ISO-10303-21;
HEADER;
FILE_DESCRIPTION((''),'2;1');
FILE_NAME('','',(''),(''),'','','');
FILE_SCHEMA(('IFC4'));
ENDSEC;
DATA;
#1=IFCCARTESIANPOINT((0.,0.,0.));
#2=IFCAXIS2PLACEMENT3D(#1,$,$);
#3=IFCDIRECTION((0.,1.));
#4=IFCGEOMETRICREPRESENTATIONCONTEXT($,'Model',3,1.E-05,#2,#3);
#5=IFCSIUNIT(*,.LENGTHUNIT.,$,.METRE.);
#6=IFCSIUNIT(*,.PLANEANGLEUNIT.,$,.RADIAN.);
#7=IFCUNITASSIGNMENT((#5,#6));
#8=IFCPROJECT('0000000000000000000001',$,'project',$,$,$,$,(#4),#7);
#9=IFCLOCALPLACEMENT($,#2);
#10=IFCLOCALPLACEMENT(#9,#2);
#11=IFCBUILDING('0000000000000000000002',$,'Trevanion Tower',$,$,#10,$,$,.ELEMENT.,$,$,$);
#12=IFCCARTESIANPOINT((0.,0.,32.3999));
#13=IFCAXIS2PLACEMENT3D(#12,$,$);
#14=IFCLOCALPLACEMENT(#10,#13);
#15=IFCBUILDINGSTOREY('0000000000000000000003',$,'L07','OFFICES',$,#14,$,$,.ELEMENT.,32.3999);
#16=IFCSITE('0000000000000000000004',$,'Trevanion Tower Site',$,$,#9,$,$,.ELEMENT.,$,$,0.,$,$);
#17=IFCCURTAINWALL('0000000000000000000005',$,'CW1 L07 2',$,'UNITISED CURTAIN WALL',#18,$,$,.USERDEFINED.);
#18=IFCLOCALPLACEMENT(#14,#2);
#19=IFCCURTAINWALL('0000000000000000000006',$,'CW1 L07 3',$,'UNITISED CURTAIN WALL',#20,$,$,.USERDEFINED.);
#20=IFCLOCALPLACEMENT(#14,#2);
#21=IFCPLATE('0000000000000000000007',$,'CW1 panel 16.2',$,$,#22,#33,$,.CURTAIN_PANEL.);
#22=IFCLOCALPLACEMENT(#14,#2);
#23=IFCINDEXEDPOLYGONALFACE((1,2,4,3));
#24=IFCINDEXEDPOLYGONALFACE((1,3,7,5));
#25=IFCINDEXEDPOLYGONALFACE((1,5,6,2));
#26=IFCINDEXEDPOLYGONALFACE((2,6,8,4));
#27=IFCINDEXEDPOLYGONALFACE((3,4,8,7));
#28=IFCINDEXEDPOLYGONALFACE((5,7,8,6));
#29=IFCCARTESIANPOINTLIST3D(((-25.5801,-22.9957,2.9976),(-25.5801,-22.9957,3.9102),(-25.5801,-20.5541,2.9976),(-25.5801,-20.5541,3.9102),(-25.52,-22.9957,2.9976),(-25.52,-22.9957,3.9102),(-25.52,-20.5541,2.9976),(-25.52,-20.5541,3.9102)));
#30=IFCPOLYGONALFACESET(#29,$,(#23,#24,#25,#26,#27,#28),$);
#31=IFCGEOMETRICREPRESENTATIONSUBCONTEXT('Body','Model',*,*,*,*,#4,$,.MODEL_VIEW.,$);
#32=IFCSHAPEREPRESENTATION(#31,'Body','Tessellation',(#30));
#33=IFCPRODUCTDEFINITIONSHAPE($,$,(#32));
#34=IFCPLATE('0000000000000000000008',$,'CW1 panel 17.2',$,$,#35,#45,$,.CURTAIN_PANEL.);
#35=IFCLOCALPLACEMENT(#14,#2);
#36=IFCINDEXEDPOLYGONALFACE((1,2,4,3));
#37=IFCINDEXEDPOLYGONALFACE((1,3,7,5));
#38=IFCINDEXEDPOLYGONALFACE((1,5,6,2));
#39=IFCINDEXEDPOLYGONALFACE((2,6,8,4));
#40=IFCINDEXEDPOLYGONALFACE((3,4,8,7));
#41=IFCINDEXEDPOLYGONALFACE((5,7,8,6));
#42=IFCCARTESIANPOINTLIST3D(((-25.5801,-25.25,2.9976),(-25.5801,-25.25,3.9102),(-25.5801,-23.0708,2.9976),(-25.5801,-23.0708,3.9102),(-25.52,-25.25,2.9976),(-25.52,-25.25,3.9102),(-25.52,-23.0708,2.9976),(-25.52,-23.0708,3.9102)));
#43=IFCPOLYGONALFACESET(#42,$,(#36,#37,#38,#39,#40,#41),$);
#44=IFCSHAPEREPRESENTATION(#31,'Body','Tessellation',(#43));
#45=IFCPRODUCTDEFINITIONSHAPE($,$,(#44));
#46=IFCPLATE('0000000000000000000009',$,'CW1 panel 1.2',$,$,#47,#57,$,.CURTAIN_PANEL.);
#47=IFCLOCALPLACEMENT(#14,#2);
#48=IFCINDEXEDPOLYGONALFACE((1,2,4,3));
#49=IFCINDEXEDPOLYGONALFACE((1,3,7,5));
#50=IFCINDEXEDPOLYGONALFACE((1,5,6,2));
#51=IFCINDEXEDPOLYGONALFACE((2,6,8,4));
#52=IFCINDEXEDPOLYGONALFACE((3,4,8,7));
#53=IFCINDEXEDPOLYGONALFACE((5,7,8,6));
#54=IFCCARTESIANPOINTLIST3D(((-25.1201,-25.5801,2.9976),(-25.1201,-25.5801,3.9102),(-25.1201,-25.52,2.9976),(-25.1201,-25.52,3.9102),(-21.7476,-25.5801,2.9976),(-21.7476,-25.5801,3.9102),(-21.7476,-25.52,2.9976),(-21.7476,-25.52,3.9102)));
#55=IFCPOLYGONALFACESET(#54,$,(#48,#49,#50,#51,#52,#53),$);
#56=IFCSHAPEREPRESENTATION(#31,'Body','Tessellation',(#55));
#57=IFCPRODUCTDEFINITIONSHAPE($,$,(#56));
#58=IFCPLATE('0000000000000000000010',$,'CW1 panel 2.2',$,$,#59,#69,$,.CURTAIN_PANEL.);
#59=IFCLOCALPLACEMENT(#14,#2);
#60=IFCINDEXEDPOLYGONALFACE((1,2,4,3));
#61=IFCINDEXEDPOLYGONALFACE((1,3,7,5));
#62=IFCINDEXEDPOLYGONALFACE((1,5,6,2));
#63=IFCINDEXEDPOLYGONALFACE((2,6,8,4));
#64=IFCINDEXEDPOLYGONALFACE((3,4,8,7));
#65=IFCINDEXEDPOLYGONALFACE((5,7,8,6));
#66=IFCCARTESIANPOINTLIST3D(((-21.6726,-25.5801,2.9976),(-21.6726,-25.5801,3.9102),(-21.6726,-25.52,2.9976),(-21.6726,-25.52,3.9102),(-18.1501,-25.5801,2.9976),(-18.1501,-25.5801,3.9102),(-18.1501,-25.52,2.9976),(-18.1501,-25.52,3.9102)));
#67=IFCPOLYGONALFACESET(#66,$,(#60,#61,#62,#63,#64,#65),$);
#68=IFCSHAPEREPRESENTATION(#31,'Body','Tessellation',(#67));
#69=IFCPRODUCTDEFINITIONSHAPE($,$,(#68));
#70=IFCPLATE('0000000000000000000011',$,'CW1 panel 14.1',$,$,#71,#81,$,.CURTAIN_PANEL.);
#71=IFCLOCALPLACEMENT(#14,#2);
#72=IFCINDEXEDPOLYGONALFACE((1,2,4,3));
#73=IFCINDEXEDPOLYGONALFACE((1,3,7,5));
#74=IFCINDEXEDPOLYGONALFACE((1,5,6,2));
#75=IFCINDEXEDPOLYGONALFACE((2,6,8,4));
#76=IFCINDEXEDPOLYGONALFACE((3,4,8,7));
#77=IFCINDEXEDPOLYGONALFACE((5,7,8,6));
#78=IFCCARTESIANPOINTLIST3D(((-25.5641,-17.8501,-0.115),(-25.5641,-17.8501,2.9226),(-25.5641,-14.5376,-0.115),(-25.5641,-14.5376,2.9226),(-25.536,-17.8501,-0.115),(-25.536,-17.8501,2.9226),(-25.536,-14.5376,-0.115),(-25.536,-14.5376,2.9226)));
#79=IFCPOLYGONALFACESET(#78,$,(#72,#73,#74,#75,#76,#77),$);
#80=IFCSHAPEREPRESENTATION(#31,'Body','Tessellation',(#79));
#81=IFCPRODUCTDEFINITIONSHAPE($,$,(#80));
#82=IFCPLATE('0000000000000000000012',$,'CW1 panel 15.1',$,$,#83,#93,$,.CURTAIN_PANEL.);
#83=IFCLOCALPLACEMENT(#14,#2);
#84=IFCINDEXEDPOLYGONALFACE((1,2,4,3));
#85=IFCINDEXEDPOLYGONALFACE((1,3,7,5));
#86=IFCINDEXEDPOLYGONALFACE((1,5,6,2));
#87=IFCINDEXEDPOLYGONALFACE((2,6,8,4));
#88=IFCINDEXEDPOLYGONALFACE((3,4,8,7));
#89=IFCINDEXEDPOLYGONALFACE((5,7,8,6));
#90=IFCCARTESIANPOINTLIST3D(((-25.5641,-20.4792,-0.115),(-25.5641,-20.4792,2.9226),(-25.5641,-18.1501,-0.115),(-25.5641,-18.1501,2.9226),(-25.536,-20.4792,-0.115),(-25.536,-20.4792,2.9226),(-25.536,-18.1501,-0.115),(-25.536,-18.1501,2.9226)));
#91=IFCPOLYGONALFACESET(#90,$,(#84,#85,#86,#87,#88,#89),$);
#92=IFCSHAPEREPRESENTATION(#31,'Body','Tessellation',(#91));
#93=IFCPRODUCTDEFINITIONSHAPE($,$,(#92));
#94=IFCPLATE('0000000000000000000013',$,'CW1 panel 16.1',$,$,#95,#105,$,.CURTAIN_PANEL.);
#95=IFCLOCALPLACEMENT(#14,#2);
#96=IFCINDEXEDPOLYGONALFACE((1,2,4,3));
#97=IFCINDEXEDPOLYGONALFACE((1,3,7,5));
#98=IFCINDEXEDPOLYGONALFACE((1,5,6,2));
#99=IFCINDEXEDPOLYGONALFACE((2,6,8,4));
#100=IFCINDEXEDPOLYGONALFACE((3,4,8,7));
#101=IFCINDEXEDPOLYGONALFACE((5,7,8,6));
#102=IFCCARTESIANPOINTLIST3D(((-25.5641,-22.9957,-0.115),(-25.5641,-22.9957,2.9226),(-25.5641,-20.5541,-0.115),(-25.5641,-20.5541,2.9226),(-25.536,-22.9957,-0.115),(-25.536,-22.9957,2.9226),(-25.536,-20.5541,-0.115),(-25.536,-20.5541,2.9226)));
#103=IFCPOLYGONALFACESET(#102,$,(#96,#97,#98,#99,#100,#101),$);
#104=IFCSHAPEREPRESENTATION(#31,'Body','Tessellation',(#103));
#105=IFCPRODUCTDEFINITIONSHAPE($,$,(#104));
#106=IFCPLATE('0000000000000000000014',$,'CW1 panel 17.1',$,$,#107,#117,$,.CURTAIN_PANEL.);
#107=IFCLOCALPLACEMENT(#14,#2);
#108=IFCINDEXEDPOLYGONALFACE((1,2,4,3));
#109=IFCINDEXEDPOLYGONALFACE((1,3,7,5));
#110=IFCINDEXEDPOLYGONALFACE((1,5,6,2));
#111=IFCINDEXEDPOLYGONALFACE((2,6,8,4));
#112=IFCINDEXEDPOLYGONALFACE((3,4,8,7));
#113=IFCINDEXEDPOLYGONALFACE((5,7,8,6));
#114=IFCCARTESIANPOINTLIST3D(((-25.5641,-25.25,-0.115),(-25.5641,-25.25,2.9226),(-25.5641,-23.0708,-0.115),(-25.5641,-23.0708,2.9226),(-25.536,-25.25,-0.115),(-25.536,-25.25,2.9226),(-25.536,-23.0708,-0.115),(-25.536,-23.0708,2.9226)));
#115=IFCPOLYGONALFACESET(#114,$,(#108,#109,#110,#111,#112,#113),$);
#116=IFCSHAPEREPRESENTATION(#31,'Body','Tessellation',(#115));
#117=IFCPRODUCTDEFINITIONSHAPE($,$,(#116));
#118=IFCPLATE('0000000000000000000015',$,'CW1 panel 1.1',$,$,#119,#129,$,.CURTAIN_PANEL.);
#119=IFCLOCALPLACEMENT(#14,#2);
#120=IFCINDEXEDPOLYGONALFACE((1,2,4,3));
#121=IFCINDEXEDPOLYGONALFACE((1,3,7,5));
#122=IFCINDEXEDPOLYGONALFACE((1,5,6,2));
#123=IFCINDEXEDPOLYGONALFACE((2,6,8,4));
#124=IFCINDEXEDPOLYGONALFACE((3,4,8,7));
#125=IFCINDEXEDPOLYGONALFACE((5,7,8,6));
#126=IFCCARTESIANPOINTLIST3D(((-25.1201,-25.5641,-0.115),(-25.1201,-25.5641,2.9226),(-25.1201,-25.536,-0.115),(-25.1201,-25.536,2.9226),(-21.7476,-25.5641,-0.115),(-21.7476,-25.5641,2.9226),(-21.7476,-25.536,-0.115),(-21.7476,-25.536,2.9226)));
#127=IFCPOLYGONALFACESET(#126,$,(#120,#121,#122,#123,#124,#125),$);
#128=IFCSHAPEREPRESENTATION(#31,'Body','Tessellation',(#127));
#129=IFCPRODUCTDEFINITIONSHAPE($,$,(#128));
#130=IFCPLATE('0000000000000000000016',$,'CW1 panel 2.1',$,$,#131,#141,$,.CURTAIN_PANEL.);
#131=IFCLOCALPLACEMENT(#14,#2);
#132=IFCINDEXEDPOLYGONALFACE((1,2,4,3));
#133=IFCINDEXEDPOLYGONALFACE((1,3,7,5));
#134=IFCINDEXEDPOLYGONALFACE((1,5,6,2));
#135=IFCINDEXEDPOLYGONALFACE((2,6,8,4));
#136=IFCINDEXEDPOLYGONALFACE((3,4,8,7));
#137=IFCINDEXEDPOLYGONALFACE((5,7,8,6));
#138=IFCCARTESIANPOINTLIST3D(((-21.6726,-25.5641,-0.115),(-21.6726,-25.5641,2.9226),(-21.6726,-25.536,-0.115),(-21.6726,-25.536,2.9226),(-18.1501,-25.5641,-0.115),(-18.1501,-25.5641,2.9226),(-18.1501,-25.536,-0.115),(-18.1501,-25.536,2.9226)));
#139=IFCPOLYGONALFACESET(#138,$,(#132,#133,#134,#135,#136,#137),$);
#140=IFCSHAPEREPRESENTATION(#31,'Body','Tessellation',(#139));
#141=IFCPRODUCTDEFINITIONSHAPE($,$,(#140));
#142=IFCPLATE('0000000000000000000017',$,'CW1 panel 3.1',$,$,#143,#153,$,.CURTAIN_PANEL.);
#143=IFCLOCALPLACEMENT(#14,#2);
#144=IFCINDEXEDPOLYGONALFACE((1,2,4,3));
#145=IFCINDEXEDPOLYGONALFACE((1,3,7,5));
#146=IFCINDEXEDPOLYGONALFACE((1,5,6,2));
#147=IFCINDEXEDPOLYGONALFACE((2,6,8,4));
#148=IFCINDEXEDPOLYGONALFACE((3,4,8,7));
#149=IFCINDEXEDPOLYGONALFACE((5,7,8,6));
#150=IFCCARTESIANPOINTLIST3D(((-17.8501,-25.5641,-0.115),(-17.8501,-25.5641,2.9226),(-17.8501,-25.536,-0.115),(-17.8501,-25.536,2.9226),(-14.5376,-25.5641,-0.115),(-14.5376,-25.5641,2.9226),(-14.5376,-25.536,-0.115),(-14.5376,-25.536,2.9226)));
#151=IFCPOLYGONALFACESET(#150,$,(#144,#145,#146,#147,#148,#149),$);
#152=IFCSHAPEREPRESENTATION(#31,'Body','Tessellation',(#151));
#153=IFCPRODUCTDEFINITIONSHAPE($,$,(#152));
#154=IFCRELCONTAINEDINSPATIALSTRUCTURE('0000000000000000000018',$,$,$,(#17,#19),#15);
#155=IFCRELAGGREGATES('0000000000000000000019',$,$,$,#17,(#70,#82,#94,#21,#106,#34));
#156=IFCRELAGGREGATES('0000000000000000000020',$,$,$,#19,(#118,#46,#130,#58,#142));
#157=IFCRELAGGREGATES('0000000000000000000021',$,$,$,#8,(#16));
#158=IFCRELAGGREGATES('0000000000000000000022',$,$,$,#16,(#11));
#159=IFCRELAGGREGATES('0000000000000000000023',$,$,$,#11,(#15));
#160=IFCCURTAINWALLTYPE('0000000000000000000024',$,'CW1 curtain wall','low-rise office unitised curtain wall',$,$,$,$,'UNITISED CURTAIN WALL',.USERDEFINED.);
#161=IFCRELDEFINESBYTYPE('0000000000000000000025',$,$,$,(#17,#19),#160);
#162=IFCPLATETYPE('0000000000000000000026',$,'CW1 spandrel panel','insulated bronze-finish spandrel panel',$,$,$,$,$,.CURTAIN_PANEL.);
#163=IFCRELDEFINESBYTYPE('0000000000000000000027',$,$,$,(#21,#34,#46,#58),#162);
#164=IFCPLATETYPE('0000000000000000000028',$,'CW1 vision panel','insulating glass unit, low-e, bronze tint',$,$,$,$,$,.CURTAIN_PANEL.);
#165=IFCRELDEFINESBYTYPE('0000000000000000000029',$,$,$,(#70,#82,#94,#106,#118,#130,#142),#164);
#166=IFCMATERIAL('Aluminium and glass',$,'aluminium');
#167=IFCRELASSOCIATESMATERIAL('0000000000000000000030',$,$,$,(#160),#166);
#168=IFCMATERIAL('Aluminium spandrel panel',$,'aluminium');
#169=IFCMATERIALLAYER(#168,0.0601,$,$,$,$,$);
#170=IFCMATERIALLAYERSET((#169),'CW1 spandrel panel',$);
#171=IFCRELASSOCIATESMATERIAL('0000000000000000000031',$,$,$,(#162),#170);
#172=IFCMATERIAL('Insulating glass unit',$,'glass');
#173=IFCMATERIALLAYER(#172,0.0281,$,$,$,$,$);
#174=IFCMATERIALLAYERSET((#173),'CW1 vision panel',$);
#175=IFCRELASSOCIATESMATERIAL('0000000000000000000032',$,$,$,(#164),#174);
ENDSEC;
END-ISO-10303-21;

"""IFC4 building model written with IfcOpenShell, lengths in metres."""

from ifc_helpers import new_model, si_unit, direction, frame, origin, origin_2d, place, context, subcontext, project, spatial, rectangle, extrude, material, layer, layer_set, type_object, element, aggregate, save


model = new_model("IFC4")

# Units and contexts
model_context = context("Model", 3, precision=1e-05, world=origin(), true_north=direction((0.0, 1.0)))
body_context = subcontext(model_context, "Body", "Model", "MODEL_VIEW")
ifc_project = project(units=[si_unit("LENGTHUNIT", "METRE"), si_unit("PLANEANGLEUNIT", "RADIAN")], contexts=[model_context])

# Site, building, storey
site_placement = place(None, origin())
site = spatial("IfcSite", under=ifc_project, at=site_placement, Name="Trevanion Tower Site", CompositionType="ELEMENT", RefElevation=0.0)
building_placement = place(site_placement, origin())
building = spatial("IfcBuilding", under=site, at=building_placement, Name="Trevanion Tower", CompositionType="ELEMENT")
storey_placement = place(building_placement, frame((0.0, 0.0, 32.3999)))
storey = spatial("IfcBuildingStorey", under=building, at=storey_placement, Name="L07", Description="OFFICES", CompositionType="ELEMENT", Elevation=32.3999)

# Curtain wall
ifc_material_1 = material(Name="Aluminium and glass", Category="aluminium")
curtain_wall_type = type_object("IfcCurtainWallType", Name="CW1 curtain wall", Description="low-rise office unitised curtain wall", ElementType="UNITISED CURTAIN WALL", PredefinedType="USERDEFINED", material=ifc_material_1)
curtain_wall_1_placement = place(storey_placement, origin())
curtain_wall_1 = element("IfcCurtainWall", 1, at=curtain_wall_1_placement, inside=storey, type_object=curtain_wall_type, Name="CW1 L07 2", ObjectType="UNITISED CURTAIN WALL", PredefinedType="USERDEFINED")

# Curtain wall
curtain_wall_2_placement = place(storey_placement, origin())
curtain_wall_2 = element("IfcCurtainWall", 2, at=curtain_wall_2_placement, inside=storey, type_object=curtain_wall_type, Name="CW1 L07 3", ObjectType="UNITISED CURTAIN WALL", PredefinedType="USERDEFINED")

# Plates
ifc_material_2 = material(Name="Aluminium spandrel panel", Category="aluminium")
ifc_layer_1 = layer(ifc_material_2, 0.0601)
ifc_layer_set_1 = layer_set([ifc_layer_1], Name="CW1 spandrel panel")
plate_type_1 = type_object("IfcPlateType", Name="CW1 spandrel panel", Description="insulated bronze-finish spandrel panel", PredefinedType="CURTAIN_PANEL", material=ifc_layer_set_1)
plate_1_placement = place(storey_placement, frame((-25.55, -21.7749, 2.9976), z_axis=(0.0, 0.0, 1.0), x_axis=(0.0, -1.0, 0.0)))
plate_1 = element("IfcPlate", 3, at=plate_1_placement, type_object=plate_type_1, Name="CW1 panel 16.2", PredefinedType="CURTAIN_PANEL", context=body_context, shape_type="SweptSolid", body=[
    extrude(rectangle(XDim=2.4417, YDim=0.0601, at=origin_2d()), origin(), (0.0, 0.0, 1.0), 0.9126),
])
plate_2_placement = place(storey_placement, frame((-25.55, -24.1604, 2.9976), z_axis=(0.0, 0.0, 1.0), x_axis=(0.0, -1.0, 0.0)))
plate_2 = element("IfcPlate", 4, at=plate_2_placement, type_object=plate_type_1, Name="CW1 panel 17.2", PredefinedType="CURTAIN_PANEL", context=body_context, shape_type="SweptSolid", body=[
    extrude(rectangle(XDim=2.1792, YDim=0.0601, at=origin_2d()), origin(), (0.0, 0.0, 1.0), 0.9126),
])
plate_3_placement = place(storey_placement, frame((-23.4338, -25.55, 2.9976), z_axis=(0.0, 0.0, 1.0), x_axis=(1.0, 0.0, 0.0)))
plate_3 = element("IfcPlate", 5, at=plate_3_placement, type_object=plate_type_1, Name="CW1 panel 1.2", PredefinedType="CURTAIN_PANEL", context=body_context, shape_type="SweptSolid", body=[
    extrude(rectangle(XDim=3.3726, YDim=0.0601, at=origin_2d()), origin(), (0.0, 0.0, 1.0), 0.9126),
])
plate_4_placement = place(storey_placement, frame((-19.9114, -25.55, 2.9976), z_axis=(0.0, 0.0, 1.0), x_axis=(1.0, 0.0, 0.0)))
plate_4 = element("IfcPlate", 6, at=plate_4_placement, type_object=plate_type_1, Name="CW1 panel 2.2", PredefinedType="CURTAIN_PANEL", context=body_context, shape_type="SweptSolid", body=[
    extrude(rectangle(XDim=3.5225, YDim=0.0601, at=origin_2d()), origin(), (0.0, 0.0, 1.0), 0.9126),
])
ifc_material_3 = material(Name="Insulating glass unit", Category="glass")
ifc_layer_2 = layer(ifc_material_3, 0.0281)
ifc_layer_set_2 = layer_set([ifc_layer_2], Name="CW1 vision panel")
plate_type_2 = type_object("IfcPlateType", Name="CW1 vision panel", Description="insulating glass unit, low-e, bronze tint", PredefinedType="CURTAIN_PANEL", material=ifc_layer_set_2)
plate_5_placement = place(storey_placement, frame((-25.55, -16.1938, -0.115), z_axis=(0.0, 0.0, 1.0), x_axis=(0.0, -1.0, 0.0)))
plate_5 = element("IfcPlate", 7, at=plate_5_placement, type_object=plate_type_2, Name="CW1 panel 14.1", PredefinedType="CURTAIN_PANEL", context=body_context, shape_type="SweptSolid", body=[
    extrude(rectangle(XDim=3.3125, YDim=0.0281, at=origin_2d()), origin(), (0.0, 0.0, 1.0), 3.0376),
])
plate_6_placement = place(storey_placement, frame((-25.55, -19.3147, -0.115), z_axis=(0.0, 0.0, 1.0), x_axis=(0.0, -1.0, 0.0)))
plate_6 = element("IfcPlate", 8, at=plate_6_placement, type_object=plate_type_2, Name="CW1 panel 15.1", PredefinedType="CURTAIN_PANEL", context=body_context, shape_type="SweptSolid", body=[
    extrude(rectangle(XDim=2.3291, YDim=0.0281, at=origin_2d()), origin(), (0.0, 0.0, 1.0), 3.0376),
])
plate_7_placement = place(storey_placement, frame((-25.55, -21.7749, -0.115), z_axis=(0.0, 0.0, 1.0), x_axis=(0.0, -1.0, 0.0)))
plate_7 = element("IfcPlate", 9, at=plate_7_placement, type_object=plate_type_2, Name="CW1 panel 16.1", PredefinedType="CURTAIN_PANEL", context=body_context, shape_type="SweptSolid", body=[
    extrude(rectangle(XDim=2.4417, YDim=0.0281, at=origin_2d()), origin(), (0.0, 0.0, 1.0), 3.0376),
])
plate_8_placement = place(storey_placement, frame((-25.55, -24.1604, -0.115), z_axis=(0.0, 0.0, 1.0), x_axis=(0.0, -1.0, 0.0)))
plate_8 = element("IfcPlate", 10, at=plate_8_placement, type_object=plate_type_2, Name="CW1 panel 17.1", PredefinedType="CURTAIN_PANEL", context=body_context, shape_type="SweptSolid", body=[
    extrude(rectangle(XDim=2.1792, YDim=0.0281, at=origin_2d()), origin(), (0.0, 0.0, 1.0), 3.0376),
])
aggregate(curtain_wall_1, [plate_5, plate_6, plate_7, plate_1, plate_8, plate_2])
plate_9_placement = place(storey_placement, frame((-23.4338, -25.55, -0.115), z_axis=(0.0, 0.0, 1.0), x_axis=(1.0, 0.0, 0.0)))
plate_9 = element("IfcPlate", 11, at=plate_9_placement, type_object=plate_type_2, Name="CW1 panel 1.1", PredefinedType="CURTAIN_PANEL", context=body_context, shape_type="SweptSolid", body=[
    extrude(rectangle(XDim=3.3726, YDim=0.0281, at=origin_2d()), origin(), (0.0, 0.0, 1.0), 3.0376),
])
plate_10_placement = place(storey_placement, frame((-19.9114, -25.55, -0.115), z_axis=(0.0, 0.0, 1.0), x_axis=(1.0, 0.0, 0.0)))
plate_10 = element("IfcPlate", 12, at=plate_10_placement, type_object=plate_type_2, Name="CW1 panel 2.1", PredefinedType="CURTAIN_PANEL", context=body_context, shape_type="SweptSolid", body=[
    extrude(rectangle(XDim=3.5225, YDim=0.0281, at=origin_2d()), origin(), (0.0, 0.0, 1.0), 3.0376),
])
plate_11_placement = place(storey_placement, frame((-16.1938, -25.55, -0.115), z_axis=(0.0, 0.0, 1.0), x_axis=(1.0, 0.0, 0.0)))
plate_11 = element("IfcPlate", 13, at=plate_11_placement, type_object=plate_type_2, Name="CW1 panel 3.1", PredefinedType="CURTAIN_PANEL", context=body_context, shape_type="SweptSolid", body=[
    extrude(rectangle(XDim=3.3125, YDim=0.0281, at=origin_2d()), origin(), (0.0, 0.0, 1.0), 3.0376),
])
aggregate(curtain_wall_2, [plate_9, plate_3, plate_10, plate_4, plate_11])

save(model, "model.ifc")
